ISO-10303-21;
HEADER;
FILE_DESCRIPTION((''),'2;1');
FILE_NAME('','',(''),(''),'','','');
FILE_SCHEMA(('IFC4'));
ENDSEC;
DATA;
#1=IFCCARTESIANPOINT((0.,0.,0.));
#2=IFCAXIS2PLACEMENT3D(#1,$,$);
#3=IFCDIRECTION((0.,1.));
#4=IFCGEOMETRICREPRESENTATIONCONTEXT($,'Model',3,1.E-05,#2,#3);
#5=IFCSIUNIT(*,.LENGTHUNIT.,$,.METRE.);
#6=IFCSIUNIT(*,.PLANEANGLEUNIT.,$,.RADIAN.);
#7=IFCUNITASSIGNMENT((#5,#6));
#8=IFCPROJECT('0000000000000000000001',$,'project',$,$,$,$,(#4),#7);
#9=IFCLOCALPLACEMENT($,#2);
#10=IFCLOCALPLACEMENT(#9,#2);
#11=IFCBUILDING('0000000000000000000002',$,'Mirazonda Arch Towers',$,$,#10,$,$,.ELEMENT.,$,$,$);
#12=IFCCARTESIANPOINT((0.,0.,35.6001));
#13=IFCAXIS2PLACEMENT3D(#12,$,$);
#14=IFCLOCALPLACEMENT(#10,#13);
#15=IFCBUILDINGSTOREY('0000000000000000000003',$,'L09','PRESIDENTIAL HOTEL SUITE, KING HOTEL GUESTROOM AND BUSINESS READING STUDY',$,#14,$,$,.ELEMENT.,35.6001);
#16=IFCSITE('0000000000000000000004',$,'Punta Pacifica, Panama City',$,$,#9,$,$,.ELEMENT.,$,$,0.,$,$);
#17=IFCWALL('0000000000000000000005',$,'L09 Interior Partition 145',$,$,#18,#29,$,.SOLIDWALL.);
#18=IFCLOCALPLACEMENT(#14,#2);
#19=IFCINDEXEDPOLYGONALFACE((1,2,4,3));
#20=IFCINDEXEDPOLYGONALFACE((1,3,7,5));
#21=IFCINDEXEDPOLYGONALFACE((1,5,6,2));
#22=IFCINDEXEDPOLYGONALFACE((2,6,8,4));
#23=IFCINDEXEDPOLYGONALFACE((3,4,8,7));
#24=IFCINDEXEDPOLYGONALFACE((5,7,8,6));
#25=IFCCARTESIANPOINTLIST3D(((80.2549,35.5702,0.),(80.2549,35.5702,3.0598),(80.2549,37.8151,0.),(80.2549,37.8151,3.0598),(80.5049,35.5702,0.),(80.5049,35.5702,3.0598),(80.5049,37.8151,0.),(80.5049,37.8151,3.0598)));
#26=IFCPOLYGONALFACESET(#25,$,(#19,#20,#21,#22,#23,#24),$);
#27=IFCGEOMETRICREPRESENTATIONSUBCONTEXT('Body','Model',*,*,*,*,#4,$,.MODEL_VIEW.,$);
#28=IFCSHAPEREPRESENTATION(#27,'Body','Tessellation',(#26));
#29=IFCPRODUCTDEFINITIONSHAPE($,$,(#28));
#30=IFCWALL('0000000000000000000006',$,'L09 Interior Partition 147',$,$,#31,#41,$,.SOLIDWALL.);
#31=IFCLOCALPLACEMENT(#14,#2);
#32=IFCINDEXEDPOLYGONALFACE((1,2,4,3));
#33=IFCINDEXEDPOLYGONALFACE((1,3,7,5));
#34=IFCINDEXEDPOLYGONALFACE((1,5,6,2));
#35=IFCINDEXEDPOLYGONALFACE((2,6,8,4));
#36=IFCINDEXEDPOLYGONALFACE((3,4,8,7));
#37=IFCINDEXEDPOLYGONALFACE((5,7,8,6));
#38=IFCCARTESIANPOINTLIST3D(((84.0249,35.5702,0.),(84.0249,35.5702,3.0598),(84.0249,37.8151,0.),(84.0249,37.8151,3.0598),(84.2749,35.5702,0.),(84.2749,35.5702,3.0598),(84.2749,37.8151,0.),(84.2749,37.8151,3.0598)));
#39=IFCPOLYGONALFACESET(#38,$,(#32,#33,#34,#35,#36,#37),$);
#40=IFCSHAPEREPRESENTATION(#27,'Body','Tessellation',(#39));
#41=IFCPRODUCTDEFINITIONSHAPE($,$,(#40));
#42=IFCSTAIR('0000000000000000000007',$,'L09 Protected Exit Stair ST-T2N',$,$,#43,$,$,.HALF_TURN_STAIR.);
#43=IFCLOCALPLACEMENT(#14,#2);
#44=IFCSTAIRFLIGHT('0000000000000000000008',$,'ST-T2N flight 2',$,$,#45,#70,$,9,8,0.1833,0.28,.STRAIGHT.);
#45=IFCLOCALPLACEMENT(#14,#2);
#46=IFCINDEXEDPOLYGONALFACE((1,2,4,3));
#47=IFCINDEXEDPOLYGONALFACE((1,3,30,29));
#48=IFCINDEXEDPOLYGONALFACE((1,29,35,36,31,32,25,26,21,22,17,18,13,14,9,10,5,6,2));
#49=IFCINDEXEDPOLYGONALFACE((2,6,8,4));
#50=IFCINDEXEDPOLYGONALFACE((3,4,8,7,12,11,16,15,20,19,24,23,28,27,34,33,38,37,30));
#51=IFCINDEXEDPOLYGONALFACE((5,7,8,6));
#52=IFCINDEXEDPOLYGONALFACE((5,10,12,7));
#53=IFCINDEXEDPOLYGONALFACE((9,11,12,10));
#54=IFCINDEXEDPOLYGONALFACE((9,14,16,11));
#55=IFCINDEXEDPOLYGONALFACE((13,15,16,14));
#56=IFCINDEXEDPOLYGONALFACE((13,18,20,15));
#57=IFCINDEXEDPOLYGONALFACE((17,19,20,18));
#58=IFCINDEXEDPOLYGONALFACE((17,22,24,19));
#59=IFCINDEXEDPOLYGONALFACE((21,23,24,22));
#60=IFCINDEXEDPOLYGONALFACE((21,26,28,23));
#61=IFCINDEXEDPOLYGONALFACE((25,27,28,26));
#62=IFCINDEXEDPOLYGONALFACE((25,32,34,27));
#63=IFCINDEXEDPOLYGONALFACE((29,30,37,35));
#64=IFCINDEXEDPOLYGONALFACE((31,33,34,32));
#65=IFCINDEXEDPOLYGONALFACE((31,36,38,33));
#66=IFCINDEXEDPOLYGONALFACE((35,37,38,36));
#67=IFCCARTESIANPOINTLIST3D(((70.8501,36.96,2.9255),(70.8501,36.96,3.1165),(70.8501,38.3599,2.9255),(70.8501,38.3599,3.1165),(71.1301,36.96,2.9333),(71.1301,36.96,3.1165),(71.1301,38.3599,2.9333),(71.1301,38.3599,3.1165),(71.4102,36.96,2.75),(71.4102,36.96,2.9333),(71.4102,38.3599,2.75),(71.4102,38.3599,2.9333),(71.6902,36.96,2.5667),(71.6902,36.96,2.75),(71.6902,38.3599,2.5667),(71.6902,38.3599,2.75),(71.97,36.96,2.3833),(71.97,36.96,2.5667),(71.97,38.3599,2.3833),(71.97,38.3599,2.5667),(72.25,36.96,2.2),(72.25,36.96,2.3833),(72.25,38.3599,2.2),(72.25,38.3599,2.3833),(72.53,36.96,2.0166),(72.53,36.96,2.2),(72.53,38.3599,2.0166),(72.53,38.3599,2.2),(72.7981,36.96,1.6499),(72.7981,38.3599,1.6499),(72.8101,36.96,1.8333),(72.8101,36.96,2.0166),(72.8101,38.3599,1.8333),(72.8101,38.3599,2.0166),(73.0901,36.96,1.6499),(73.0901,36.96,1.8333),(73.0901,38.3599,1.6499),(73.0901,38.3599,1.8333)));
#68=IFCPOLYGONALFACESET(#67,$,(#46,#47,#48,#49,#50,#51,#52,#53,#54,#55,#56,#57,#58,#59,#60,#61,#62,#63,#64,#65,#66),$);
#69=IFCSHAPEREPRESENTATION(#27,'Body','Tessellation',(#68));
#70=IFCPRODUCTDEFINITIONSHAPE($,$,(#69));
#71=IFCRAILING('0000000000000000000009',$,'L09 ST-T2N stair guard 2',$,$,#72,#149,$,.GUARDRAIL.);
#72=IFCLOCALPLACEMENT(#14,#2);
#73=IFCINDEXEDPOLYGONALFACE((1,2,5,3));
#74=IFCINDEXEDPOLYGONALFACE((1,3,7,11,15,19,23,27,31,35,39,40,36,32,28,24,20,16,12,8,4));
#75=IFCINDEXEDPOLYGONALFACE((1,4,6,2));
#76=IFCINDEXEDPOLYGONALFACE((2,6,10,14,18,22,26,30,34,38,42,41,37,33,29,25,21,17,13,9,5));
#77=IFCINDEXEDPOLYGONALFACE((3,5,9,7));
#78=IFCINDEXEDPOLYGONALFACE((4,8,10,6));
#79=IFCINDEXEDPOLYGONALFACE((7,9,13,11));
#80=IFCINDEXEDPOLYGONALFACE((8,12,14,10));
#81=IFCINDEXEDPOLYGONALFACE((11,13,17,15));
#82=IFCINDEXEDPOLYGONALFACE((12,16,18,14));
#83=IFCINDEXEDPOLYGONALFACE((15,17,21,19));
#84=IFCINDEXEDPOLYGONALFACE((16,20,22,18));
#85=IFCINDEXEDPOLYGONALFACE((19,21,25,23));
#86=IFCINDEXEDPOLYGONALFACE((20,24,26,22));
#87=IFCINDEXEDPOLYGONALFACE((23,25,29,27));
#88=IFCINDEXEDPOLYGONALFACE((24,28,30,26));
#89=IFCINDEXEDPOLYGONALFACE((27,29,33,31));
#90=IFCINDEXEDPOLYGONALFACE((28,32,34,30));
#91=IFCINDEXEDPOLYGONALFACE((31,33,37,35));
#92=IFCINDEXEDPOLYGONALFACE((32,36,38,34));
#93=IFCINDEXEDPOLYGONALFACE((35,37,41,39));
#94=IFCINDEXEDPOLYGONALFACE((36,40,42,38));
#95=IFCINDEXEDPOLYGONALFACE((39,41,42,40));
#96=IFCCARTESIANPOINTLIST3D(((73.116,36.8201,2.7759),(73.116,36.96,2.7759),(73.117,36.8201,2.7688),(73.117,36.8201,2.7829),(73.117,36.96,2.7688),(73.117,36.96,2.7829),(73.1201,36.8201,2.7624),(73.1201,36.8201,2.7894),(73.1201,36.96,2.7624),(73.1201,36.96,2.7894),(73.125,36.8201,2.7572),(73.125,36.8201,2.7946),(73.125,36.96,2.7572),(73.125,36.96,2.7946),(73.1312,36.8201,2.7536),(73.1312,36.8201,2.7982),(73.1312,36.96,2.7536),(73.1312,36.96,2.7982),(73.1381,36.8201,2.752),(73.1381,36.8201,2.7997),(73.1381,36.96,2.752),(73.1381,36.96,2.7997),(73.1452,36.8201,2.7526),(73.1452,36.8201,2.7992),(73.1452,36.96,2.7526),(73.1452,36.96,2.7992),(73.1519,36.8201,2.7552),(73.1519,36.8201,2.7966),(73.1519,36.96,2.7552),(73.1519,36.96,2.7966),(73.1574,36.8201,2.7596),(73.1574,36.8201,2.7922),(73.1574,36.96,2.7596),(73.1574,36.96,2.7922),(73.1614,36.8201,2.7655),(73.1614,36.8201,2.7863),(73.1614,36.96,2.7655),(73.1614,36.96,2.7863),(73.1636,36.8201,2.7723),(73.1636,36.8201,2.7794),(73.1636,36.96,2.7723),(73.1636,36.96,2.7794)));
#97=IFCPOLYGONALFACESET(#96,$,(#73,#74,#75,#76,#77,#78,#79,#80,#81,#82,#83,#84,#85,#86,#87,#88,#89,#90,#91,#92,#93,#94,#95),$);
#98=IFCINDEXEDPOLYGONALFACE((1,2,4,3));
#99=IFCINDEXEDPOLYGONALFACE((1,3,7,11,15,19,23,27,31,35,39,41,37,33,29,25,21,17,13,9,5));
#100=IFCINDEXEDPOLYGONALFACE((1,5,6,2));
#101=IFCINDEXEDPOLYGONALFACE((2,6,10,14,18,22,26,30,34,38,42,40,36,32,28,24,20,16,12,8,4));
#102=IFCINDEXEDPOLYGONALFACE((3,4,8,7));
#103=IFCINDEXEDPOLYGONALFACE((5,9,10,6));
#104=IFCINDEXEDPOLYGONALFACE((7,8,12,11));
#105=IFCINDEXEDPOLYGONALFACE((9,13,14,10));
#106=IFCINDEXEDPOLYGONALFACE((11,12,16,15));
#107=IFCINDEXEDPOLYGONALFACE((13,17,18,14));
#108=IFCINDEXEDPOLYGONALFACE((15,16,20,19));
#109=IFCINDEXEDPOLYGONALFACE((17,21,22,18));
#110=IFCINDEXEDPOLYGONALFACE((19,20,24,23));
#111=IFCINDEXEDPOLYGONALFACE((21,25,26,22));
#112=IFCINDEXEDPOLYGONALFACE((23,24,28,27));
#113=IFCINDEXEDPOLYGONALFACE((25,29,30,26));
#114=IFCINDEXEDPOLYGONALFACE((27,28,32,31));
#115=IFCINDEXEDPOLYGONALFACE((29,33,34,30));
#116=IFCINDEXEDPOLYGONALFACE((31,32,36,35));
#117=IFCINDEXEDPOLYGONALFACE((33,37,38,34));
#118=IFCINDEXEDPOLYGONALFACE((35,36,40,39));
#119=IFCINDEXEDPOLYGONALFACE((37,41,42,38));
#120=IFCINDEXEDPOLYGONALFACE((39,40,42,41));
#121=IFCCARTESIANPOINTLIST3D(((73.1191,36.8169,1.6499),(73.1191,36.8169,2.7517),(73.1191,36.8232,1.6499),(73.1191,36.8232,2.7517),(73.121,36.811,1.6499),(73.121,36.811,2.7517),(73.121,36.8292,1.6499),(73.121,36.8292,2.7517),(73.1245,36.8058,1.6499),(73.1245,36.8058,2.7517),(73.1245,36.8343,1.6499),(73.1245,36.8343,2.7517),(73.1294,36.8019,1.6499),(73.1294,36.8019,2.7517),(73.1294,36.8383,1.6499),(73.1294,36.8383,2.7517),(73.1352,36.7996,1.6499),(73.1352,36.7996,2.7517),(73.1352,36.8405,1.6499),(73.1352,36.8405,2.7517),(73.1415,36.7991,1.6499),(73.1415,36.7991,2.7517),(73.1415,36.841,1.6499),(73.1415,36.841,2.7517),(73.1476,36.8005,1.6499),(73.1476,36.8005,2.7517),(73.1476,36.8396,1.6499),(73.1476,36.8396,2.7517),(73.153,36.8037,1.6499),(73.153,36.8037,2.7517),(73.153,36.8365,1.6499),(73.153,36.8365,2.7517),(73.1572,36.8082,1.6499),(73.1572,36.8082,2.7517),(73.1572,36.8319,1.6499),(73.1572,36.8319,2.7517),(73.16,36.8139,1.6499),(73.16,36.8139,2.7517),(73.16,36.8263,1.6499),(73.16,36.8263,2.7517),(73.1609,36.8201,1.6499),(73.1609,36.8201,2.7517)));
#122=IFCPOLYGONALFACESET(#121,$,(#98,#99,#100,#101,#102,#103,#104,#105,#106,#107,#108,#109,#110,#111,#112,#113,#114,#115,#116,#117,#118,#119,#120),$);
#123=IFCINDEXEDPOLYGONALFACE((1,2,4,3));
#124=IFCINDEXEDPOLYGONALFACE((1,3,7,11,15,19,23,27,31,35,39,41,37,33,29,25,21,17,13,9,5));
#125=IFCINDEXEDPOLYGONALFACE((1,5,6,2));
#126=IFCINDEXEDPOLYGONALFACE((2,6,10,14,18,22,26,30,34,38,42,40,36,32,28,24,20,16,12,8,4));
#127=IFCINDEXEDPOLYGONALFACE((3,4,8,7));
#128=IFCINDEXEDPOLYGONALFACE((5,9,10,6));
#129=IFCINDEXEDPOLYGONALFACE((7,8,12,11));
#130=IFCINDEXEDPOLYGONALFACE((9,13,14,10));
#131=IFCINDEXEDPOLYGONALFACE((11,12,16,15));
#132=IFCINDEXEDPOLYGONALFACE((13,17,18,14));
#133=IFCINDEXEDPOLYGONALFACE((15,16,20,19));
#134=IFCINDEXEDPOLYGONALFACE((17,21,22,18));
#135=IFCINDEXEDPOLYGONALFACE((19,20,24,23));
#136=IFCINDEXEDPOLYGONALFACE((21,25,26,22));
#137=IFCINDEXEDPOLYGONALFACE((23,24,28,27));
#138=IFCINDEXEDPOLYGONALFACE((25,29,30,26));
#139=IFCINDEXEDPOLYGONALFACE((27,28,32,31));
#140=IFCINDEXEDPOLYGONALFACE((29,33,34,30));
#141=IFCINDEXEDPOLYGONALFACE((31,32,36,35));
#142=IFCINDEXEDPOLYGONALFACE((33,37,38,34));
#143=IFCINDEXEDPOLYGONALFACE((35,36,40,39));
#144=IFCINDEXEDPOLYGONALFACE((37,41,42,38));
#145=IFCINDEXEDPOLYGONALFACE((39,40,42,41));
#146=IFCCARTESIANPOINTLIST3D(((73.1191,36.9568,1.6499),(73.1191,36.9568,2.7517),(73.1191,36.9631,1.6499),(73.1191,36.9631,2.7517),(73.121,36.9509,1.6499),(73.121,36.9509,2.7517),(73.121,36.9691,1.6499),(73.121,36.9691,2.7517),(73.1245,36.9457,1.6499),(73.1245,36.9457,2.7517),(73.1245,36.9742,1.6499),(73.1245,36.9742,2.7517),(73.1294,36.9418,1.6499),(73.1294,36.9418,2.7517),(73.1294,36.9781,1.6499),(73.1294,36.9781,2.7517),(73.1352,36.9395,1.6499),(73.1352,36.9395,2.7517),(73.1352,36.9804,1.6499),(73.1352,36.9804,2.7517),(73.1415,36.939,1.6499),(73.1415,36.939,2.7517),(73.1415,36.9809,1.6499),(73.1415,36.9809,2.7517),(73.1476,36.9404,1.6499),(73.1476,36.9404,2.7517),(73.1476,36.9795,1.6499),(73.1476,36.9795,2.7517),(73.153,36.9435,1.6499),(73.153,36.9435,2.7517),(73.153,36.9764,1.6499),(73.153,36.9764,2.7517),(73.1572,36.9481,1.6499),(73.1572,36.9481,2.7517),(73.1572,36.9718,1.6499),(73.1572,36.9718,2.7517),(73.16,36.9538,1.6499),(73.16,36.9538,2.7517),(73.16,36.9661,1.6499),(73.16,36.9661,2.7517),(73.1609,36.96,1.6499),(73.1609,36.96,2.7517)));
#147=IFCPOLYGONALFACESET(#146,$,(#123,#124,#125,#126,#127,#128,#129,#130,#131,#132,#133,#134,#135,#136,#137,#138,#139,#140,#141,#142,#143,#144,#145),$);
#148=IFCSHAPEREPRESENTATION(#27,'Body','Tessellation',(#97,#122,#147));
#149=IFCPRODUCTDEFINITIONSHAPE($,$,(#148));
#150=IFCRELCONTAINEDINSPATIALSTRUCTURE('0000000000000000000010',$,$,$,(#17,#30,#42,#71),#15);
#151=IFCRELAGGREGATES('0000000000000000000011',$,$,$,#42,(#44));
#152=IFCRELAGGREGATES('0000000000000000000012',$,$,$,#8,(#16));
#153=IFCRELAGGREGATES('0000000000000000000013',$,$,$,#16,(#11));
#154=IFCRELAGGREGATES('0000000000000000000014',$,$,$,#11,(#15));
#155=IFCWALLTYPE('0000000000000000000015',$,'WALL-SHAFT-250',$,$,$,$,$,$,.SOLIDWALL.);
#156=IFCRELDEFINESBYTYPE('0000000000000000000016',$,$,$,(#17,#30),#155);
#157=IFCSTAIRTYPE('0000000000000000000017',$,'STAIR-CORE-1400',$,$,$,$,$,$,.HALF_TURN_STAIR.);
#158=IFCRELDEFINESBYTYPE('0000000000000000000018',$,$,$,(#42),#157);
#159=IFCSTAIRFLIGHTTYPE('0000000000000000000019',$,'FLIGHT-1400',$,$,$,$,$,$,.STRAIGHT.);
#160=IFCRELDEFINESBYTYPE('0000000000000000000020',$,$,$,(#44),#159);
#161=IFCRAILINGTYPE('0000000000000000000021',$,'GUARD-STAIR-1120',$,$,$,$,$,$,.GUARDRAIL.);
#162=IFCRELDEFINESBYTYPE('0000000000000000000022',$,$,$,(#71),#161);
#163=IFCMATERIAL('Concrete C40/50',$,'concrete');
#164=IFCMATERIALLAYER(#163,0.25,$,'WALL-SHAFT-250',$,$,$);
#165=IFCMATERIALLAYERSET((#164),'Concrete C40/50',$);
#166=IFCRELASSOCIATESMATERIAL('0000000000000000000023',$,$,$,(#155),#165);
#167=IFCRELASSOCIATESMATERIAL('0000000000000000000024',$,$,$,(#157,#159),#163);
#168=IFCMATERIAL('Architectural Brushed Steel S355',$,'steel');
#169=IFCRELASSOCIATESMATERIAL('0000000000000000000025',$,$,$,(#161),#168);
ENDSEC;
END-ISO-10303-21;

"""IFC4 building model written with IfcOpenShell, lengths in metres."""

from ifc_helpers import new_model, si_unit, direction, frame, frame_2d, origin, origin_2d, place, context, subcontext, project, spatial, polyline, rectangle, circle, outline, extrude, material, layer, layer_set, type_object, element, aggregate, save


model = new_model("IFC4")

# Units and contexts
model_context = context("Model", 3, precision=1e-05, world=origin(), true_north=direction((0.0, 1.0)))
body_context = subcontext(model_context, "Body", "Model", "MODEL_VIEW")
ifc_project = project(units=[si_unit("LENGTHUNIT", "METRE"), si_unit("PLANEANGLEUNIT", "RADIAN")], contexts=[model_context])

# Site, building, storey
site_placement = place(None, origin())
site = spatial("IfcSite", under=ifc_project, at=site_placement, Name="Punta Pacifica, Panama City", CompositionType="ELEMENT", RefElevation=0.0)
building_placement = place(site_placement, origin())
building = spatial("IfcBuilding", under=site, at=building_placement, Name="Mirazonda Arch Towers", CompositionType="ELEMENT")
storey_placement = place(building_placement, frame((0.0, 0.0, 35.6001)))
storey = spatial("IfcBuildingStorey", under=building, at=storey_placement, Name="L09", Description="PRESIDENTIAL HOTEL SUITE, KING HOTEL GUESTROOM AND BUSINESS READING STUDY", CompositionType="ELEMENT", Elevation=35.6001)

# Walls
ifc_material_1 = material(Name="Concrete C40/50", Category="concrete")
ifc_layer_1 = layer(ifc_material_1, 0.25, Name="WALL-SHAFT-250")
ifc_layer_set_1 = layer_set([ifc_layer_1], Name="Concrete C40/50")
wall_type_1 = type_object("IfcWallType", Name="WALL-SHAFT-250", PredefinedType="SOLIDWALL", material=ifc_layer_set_1)
for number, where, z_axis, x_axis, name in (
    (1, (80.3799, 35.5701, 0.0), (0.0, 0.0, 1.0), (0.0, 1.0, 0.0), "L09 Interior Partition 145"),
    (2, (84.1499, 35.5701, 0.0), (0.0, 0.0, 1.0), (0.0, 1.0, 0.0), "L09 Interior Partition 147"),
):
    element("IfcWall", number, at=place(storey_placement, frame(where, z_axis=z_axis, x_axis=x_axis)), inside=storey, type_object=wall_type_1, Name=name, PredefinedType="SOLIDWALL", context=body_context, shape_type="SweptSolid", body=[
        extrude(rectangle(XDim=2.2449, YDim=0.25, at=frame_2d((1.1226, 0.0))), origin(), (0.0, 0.0, 1.0), 3.0598),
    ])

# Stair, stair flight
stair_type = type_object("IfcStairType", Name="STAIR-CORE-1400", PredefinedType="HALF_TURN_STAIR", material=ifc_material_1)
stair_placement = place(storey_placement, origin())
stair = element("IfcStair", 3, at=stair_placement, inside=storey, type_object=stair_type, Name="L09 Protected Exit Stair ST-T2N", PredefinedType="HALF_TURN_STAIR")
stair_flight_type = type_object("IfcStairFlightType", Name="FLIGHT-1400", PredefinedType="STRAIGHT", material=ifc_material_1)
stair_flight_placement = place(storey_placement, frame((73.0901, 37.6599, 1.6499), z_axis=(0.0, 0.0, 1.0), x_axis=(-1.0, 0.0, 0.0)))
stair_flight = element("IfcStairFlight", 4, at=stair_flight_placement, type_object=stair_flight_type, Name="ST-T2N flight 2", NumberOfRisers=9, NumberOfTreads=8, PredefinedType="STRAIGHT", RiserHeight=0.1833, TreadLength=0.28, context=body_context, shape_type="SweptSolid", body=[
    extrude(outline(polyline([(0.0, 0.0), (0.0, 0.1833), (0.28, 0.1833), (0.28, 0.3667), (0.5601, 0.3667), (0.5601, 0.55), (0.8401, 0.55), (0.8401, 0.7334), (1.1201, 0.7334), (1.1201, 0.9167), (1.3999, 0.9167), (1.3999, 1.1001), (1.6799, 1.1001), (1.6799, 1.2834), (1.96, 1.2834), (1.96, 1.4666), (2.24, 1.4666), (2.24, 1.6499), (2.24, 1.2756), (0.292, 0.0), (0.0, 0.0)])), frame((0.0, 0.7, 0.0), z_axis=(0.0, -1.0, 0.0), x_axis=(1.0, 0.0, 0.0)), (0.0, 0.0, 1.0), 1.3999),
])
aggregate(stair, [stair_flight])

# Railing
ifc_material_2 = material(Name="Architectural Brushed Steel S355", Category="steel")
railing_type_1 = type_object("IfcRailingType", Name="GUARD-STAIR-1120", PredefinedType="GUARDRAIL", material=ifc_material_2)
railing_1_placement = place(storey_placement, frame((73.1399, 36.8201, 1.6499)))
element("IfcRailing", 5, at=railing_1_placement, inside=storey, type_object=railing_type_1, Name="L09 ST-T2N stair guard 2", PredefinedType="GUARDRAIL", context=body_context, shape_type="SweptSolid", body=[
    extrude(circle(Radius=0.0239, at=origin_2d()), frame((0.0, 0.0, 1.126), z_axis=(0.0, 1.0, 0.0), x_axis=(-1.0, 0.0, 0.0)), (0.0, 0.0, 1.0), 0.1399),
    extrude(circle(Radius=0.021, at=origin_2d()), origin(), (0.0, 0.0, 1.0), 1.1018),
    extrude(circle(Radius=0.021, at=origin_2d()), frame((0.0, 0.1399, 0.0)), (0.0, 0.0, 1.0), 1.1018),
])

save(model, "model.ifc")
